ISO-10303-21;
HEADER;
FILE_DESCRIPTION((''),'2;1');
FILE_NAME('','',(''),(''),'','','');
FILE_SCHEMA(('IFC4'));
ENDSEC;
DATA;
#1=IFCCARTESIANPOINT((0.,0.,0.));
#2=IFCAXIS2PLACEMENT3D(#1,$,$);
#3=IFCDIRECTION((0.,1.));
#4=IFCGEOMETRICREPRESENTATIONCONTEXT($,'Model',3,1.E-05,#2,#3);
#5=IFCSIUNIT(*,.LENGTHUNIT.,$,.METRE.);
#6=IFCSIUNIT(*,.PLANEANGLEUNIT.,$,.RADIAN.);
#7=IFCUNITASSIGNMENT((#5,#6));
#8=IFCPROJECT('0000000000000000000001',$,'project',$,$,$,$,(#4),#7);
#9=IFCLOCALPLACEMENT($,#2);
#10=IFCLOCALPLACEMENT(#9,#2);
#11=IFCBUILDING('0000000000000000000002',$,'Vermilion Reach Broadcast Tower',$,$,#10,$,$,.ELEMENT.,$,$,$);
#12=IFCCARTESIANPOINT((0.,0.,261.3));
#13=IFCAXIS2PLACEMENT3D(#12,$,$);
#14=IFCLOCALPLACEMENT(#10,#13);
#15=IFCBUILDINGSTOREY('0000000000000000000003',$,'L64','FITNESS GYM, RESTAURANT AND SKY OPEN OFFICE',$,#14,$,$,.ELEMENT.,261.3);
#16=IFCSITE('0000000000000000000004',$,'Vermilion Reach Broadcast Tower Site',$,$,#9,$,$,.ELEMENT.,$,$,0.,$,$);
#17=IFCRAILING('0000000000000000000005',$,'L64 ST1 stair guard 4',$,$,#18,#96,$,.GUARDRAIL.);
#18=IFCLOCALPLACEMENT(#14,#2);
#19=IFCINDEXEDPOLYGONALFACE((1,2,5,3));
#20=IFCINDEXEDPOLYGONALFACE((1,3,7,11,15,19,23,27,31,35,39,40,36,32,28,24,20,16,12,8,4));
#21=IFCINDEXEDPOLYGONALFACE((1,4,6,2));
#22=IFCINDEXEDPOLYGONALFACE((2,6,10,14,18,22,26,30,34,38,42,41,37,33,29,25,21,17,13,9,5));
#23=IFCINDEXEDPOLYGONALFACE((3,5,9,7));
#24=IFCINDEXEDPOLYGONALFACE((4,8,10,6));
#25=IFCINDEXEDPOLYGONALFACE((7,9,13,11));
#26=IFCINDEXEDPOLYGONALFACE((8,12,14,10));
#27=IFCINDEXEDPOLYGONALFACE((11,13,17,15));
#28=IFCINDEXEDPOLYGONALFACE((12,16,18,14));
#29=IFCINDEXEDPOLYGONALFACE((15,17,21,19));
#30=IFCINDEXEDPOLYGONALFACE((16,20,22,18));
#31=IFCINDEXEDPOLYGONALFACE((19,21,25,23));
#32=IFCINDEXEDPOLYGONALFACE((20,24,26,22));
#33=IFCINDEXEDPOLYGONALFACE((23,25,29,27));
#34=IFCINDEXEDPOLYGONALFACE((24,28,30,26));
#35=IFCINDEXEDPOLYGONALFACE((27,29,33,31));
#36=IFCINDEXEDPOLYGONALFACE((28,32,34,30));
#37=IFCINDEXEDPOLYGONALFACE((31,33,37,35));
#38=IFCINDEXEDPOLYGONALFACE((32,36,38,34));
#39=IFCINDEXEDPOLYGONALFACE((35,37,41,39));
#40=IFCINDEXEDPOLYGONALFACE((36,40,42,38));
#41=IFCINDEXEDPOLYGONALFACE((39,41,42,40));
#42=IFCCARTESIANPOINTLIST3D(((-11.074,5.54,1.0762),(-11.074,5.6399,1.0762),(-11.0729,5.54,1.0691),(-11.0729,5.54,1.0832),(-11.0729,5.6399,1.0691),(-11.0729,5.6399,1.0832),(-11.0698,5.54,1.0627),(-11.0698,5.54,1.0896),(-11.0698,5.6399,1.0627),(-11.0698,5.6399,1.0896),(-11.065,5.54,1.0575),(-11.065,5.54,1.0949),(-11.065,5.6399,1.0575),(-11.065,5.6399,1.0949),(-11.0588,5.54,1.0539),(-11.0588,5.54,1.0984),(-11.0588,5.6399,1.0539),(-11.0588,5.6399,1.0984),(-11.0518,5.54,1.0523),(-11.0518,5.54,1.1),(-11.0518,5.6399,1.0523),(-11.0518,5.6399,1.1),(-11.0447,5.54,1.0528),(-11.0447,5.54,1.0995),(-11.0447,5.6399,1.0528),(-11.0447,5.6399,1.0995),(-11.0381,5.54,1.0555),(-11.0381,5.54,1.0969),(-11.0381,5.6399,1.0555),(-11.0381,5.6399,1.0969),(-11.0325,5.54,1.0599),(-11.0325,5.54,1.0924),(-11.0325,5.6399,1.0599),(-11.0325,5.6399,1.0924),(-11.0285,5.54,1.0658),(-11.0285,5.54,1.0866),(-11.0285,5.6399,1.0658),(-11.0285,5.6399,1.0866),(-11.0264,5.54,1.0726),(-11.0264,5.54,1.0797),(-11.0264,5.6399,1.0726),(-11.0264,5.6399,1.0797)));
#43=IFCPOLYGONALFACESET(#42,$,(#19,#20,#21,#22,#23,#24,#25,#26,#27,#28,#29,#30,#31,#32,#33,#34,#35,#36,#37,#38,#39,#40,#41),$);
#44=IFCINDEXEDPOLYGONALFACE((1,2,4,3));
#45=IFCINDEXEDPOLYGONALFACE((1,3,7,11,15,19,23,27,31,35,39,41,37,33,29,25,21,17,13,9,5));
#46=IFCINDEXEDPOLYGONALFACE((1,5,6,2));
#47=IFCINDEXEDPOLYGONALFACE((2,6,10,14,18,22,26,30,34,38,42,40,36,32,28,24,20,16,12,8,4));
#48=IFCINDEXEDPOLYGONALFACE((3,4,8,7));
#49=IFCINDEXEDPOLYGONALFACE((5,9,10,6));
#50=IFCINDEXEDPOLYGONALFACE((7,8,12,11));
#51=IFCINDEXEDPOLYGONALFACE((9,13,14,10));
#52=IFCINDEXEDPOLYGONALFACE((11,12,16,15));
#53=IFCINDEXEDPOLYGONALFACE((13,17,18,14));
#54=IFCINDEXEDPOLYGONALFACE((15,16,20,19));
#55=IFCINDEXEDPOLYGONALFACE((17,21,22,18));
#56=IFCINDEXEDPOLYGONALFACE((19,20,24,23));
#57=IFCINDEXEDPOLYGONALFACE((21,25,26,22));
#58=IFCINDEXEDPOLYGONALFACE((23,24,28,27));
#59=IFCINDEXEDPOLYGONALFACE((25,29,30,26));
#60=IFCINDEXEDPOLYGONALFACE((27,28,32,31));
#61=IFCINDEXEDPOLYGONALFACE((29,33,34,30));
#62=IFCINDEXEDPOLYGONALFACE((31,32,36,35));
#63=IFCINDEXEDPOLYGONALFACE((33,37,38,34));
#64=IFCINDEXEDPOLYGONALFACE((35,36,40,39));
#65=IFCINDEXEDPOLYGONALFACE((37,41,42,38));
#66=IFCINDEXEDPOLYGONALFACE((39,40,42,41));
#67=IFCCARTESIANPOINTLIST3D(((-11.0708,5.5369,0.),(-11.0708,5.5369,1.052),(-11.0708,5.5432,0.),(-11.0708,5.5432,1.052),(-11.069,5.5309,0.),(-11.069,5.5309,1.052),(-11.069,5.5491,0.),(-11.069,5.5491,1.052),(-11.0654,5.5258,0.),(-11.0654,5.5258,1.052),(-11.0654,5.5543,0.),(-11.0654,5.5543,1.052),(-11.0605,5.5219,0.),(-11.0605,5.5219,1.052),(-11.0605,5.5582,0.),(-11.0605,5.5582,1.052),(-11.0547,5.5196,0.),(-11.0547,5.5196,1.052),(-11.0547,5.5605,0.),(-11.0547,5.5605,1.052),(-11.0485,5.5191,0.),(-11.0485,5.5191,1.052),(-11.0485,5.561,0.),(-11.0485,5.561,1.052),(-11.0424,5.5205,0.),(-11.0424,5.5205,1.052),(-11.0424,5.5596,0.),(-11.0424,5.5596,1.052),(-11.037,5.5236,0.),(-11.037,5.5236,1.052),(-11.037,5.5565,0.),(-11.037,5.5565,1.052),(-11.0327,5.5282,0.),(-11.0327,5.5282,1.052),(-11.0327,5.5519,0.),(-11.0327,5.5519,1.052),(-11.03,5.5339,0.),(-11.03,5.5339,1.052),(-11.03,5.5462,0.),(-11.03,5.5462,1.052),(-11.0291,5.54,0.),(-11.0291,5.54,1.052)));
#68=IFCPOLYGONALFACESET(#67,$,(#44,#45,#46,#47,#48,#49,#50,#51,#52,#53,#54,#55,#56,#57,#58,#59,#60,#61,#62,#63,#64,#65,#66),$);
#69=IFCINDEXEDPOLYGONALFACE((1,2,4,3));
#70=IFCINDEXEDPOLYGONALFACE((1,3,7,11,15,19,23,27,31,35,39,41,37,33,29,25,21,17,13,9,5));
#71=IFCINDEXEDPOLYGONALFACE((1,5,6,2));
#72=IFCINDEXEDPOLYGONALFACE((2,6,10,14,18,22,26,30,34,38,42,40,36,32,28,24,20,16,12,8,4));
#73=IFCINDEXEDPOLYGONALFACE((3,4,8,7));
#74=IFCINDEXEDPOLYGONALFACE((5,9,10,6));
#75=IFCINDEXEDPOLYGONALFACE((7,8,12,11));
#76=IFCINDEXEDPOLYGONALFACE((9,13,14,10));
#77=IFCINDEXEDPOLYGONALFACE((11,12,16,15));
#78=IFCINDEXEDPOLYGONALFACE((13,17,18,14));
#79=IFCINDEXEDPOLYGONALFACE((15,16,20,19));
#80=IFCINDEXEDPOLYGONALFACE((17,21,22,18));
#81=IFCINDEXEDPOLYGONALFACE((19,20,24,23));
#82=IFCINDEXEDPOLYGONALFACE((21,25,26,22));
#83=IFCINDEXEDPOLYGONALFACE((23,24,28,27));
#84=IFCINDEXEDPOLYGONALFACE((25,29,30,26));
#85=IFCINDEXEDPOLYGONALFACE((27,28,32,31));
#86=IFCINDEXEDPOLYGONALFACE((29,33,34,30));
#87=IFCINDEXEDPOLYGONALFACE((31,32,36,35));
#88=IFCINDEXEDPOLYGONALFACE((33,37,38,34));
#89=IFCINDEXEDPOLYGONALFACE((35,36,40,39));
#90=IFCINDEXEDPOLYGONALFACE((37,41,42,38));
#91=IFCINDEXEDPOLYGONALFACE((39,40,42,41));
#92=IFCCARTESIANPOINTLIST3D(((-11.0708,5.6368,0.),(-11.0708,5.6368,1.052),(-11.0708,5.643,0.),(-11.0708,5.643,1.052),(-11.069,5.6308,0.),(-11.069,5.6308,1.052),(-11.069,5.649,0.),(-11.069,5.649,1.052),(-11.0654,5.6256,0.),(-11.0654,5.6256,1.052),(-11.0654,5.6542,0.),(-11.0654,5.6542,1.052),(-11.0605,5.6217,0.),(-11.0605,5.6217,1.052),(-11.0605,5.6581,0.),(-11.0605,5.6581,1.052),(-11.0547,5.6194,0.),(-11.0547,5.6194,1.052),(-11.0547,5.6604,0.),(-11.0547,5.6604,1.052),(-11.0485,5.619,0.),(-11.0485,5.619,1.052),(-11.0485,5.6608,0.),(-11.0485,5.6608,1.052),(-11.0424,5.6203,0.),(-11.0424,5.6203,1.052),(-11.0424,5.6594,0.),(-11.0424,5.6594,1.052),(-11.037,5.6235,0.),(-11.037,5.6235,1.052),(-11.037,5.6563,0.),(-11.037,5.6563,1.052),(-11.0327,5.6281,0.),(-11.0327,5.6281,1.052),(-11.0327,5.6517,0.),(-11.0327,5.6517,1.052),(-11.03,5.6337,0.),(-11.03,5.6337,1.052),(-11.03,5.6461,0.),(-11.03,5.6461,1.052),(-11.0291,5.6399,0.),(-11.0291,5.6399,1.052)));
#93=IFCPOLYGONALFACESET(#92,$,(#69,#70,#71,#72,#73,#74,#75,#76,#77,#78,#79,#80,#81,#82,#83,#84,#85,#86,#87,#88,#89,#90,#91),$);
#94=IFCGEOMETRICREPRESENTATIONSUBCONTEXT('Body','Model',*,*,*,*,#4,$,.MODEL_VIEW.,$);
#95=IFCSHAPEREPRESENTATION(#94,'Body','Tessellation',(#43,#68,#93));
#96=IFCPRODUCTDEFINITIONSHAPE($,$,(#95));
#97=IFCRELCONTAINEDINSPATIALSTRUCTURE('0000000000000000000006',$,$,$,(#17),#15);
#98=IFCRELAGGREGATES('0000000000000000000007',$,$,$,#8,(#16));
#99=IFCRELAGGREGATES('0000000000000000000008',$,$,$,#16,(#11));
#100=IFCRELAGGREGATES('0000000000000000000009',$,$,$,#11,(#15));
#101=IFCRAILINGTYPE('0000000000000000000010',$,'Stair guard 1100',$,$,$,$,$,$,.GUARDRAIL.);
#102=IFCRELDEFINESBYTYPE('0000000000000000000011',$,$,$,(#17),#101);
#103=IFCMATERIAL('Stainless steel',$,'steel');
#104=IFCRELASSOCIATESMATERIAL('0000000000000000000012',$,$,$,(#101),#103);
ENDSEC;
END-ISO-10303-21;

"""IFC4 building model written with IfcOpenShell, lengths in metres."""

from ifc_helpers import new_model, si_unit, direction, frame, origin, origin_2d, place, context, subcontext, project, spatial, circle, extrude, material, type_object, element, save


model = new_model("IFC4")

# Units and contexts
model_context = context("Model", 3, precision=1e-05, world=origin(), true_north=direction((0.0, 1.0)))
body_context = subcontext(model_context, "Body", "Model", "MODEL_VIEW")
ifc_project = project(units=[si_unit("LENGTHUNIT", "METRE"), si_unit("PLANEANGLEUNIT", "RADIAN")], contexts=[model_context])

# Site, building, storey
site_placement = place(None, origin())
site = spatial("IfcSite", under=ifc_project, at=site_placement, Name="Vermilion Reach Broadcast Tower Site", CompositionType="ELEMENT", RefElevation=0.0)
building_placement = place(site_placement, origin())
building = spatial("IfcBuilding", under=site, at=building_placement, Name="Vermilion Reach Broadcast Tower", CompositionType="ELEMENT")
storey_placement = place(building_placement, frame((0.0, 0.0, 261.3)))
storey = spatial("IfcBuildingStorey", under=building, at=storey_placement, Name="L64", Description="FITNESS GYM, RESTAURANT AND SKY OPEN OFFICE", CompositionType="ELEMENT", Elevation=261.3)

# Railing
ifc_material_1 = material(Name="Stainless steel", Category="steel")
railing_type_1 = type_object("IfcRailingType", Name="Stair guard 1100", PredefinedType="GUARDRAIL", material=ifc_material_1)
railing_1_placement = place(storey_placement, frame((-11.05, 5.54, 0.0)))
element("IfcRailing", 1, at=railing_1_placement, inside=storey, type_object=railing_type_1, Name="L64 ST1 stair guard 4", PredefinedType="GUARDRAIL", context=body_context, shape_type="SweptSolid", body=[
    extrude(circle(Radius=0.0239, at=origin_2d()), frame((0.0, 0.0, 1.0762), z_axis=(0.0, 1.0, 0.0), x_axis=(-1.0, 0.0, 0.0)), (0.0, 0.0, 1.0), 0.0999),
    extrude(circle(Radius=0.021, at=origin_2d()), origin(), (0.0, 0.0, 1.0), 1.052),
    extrude(circle(Radius=0.021, at=origin_2d()), frame((0.0, 0.0999, 0.0)), (0.0, 0.0, 1.0), 1.052),
])

save(model, "model.ifc")
